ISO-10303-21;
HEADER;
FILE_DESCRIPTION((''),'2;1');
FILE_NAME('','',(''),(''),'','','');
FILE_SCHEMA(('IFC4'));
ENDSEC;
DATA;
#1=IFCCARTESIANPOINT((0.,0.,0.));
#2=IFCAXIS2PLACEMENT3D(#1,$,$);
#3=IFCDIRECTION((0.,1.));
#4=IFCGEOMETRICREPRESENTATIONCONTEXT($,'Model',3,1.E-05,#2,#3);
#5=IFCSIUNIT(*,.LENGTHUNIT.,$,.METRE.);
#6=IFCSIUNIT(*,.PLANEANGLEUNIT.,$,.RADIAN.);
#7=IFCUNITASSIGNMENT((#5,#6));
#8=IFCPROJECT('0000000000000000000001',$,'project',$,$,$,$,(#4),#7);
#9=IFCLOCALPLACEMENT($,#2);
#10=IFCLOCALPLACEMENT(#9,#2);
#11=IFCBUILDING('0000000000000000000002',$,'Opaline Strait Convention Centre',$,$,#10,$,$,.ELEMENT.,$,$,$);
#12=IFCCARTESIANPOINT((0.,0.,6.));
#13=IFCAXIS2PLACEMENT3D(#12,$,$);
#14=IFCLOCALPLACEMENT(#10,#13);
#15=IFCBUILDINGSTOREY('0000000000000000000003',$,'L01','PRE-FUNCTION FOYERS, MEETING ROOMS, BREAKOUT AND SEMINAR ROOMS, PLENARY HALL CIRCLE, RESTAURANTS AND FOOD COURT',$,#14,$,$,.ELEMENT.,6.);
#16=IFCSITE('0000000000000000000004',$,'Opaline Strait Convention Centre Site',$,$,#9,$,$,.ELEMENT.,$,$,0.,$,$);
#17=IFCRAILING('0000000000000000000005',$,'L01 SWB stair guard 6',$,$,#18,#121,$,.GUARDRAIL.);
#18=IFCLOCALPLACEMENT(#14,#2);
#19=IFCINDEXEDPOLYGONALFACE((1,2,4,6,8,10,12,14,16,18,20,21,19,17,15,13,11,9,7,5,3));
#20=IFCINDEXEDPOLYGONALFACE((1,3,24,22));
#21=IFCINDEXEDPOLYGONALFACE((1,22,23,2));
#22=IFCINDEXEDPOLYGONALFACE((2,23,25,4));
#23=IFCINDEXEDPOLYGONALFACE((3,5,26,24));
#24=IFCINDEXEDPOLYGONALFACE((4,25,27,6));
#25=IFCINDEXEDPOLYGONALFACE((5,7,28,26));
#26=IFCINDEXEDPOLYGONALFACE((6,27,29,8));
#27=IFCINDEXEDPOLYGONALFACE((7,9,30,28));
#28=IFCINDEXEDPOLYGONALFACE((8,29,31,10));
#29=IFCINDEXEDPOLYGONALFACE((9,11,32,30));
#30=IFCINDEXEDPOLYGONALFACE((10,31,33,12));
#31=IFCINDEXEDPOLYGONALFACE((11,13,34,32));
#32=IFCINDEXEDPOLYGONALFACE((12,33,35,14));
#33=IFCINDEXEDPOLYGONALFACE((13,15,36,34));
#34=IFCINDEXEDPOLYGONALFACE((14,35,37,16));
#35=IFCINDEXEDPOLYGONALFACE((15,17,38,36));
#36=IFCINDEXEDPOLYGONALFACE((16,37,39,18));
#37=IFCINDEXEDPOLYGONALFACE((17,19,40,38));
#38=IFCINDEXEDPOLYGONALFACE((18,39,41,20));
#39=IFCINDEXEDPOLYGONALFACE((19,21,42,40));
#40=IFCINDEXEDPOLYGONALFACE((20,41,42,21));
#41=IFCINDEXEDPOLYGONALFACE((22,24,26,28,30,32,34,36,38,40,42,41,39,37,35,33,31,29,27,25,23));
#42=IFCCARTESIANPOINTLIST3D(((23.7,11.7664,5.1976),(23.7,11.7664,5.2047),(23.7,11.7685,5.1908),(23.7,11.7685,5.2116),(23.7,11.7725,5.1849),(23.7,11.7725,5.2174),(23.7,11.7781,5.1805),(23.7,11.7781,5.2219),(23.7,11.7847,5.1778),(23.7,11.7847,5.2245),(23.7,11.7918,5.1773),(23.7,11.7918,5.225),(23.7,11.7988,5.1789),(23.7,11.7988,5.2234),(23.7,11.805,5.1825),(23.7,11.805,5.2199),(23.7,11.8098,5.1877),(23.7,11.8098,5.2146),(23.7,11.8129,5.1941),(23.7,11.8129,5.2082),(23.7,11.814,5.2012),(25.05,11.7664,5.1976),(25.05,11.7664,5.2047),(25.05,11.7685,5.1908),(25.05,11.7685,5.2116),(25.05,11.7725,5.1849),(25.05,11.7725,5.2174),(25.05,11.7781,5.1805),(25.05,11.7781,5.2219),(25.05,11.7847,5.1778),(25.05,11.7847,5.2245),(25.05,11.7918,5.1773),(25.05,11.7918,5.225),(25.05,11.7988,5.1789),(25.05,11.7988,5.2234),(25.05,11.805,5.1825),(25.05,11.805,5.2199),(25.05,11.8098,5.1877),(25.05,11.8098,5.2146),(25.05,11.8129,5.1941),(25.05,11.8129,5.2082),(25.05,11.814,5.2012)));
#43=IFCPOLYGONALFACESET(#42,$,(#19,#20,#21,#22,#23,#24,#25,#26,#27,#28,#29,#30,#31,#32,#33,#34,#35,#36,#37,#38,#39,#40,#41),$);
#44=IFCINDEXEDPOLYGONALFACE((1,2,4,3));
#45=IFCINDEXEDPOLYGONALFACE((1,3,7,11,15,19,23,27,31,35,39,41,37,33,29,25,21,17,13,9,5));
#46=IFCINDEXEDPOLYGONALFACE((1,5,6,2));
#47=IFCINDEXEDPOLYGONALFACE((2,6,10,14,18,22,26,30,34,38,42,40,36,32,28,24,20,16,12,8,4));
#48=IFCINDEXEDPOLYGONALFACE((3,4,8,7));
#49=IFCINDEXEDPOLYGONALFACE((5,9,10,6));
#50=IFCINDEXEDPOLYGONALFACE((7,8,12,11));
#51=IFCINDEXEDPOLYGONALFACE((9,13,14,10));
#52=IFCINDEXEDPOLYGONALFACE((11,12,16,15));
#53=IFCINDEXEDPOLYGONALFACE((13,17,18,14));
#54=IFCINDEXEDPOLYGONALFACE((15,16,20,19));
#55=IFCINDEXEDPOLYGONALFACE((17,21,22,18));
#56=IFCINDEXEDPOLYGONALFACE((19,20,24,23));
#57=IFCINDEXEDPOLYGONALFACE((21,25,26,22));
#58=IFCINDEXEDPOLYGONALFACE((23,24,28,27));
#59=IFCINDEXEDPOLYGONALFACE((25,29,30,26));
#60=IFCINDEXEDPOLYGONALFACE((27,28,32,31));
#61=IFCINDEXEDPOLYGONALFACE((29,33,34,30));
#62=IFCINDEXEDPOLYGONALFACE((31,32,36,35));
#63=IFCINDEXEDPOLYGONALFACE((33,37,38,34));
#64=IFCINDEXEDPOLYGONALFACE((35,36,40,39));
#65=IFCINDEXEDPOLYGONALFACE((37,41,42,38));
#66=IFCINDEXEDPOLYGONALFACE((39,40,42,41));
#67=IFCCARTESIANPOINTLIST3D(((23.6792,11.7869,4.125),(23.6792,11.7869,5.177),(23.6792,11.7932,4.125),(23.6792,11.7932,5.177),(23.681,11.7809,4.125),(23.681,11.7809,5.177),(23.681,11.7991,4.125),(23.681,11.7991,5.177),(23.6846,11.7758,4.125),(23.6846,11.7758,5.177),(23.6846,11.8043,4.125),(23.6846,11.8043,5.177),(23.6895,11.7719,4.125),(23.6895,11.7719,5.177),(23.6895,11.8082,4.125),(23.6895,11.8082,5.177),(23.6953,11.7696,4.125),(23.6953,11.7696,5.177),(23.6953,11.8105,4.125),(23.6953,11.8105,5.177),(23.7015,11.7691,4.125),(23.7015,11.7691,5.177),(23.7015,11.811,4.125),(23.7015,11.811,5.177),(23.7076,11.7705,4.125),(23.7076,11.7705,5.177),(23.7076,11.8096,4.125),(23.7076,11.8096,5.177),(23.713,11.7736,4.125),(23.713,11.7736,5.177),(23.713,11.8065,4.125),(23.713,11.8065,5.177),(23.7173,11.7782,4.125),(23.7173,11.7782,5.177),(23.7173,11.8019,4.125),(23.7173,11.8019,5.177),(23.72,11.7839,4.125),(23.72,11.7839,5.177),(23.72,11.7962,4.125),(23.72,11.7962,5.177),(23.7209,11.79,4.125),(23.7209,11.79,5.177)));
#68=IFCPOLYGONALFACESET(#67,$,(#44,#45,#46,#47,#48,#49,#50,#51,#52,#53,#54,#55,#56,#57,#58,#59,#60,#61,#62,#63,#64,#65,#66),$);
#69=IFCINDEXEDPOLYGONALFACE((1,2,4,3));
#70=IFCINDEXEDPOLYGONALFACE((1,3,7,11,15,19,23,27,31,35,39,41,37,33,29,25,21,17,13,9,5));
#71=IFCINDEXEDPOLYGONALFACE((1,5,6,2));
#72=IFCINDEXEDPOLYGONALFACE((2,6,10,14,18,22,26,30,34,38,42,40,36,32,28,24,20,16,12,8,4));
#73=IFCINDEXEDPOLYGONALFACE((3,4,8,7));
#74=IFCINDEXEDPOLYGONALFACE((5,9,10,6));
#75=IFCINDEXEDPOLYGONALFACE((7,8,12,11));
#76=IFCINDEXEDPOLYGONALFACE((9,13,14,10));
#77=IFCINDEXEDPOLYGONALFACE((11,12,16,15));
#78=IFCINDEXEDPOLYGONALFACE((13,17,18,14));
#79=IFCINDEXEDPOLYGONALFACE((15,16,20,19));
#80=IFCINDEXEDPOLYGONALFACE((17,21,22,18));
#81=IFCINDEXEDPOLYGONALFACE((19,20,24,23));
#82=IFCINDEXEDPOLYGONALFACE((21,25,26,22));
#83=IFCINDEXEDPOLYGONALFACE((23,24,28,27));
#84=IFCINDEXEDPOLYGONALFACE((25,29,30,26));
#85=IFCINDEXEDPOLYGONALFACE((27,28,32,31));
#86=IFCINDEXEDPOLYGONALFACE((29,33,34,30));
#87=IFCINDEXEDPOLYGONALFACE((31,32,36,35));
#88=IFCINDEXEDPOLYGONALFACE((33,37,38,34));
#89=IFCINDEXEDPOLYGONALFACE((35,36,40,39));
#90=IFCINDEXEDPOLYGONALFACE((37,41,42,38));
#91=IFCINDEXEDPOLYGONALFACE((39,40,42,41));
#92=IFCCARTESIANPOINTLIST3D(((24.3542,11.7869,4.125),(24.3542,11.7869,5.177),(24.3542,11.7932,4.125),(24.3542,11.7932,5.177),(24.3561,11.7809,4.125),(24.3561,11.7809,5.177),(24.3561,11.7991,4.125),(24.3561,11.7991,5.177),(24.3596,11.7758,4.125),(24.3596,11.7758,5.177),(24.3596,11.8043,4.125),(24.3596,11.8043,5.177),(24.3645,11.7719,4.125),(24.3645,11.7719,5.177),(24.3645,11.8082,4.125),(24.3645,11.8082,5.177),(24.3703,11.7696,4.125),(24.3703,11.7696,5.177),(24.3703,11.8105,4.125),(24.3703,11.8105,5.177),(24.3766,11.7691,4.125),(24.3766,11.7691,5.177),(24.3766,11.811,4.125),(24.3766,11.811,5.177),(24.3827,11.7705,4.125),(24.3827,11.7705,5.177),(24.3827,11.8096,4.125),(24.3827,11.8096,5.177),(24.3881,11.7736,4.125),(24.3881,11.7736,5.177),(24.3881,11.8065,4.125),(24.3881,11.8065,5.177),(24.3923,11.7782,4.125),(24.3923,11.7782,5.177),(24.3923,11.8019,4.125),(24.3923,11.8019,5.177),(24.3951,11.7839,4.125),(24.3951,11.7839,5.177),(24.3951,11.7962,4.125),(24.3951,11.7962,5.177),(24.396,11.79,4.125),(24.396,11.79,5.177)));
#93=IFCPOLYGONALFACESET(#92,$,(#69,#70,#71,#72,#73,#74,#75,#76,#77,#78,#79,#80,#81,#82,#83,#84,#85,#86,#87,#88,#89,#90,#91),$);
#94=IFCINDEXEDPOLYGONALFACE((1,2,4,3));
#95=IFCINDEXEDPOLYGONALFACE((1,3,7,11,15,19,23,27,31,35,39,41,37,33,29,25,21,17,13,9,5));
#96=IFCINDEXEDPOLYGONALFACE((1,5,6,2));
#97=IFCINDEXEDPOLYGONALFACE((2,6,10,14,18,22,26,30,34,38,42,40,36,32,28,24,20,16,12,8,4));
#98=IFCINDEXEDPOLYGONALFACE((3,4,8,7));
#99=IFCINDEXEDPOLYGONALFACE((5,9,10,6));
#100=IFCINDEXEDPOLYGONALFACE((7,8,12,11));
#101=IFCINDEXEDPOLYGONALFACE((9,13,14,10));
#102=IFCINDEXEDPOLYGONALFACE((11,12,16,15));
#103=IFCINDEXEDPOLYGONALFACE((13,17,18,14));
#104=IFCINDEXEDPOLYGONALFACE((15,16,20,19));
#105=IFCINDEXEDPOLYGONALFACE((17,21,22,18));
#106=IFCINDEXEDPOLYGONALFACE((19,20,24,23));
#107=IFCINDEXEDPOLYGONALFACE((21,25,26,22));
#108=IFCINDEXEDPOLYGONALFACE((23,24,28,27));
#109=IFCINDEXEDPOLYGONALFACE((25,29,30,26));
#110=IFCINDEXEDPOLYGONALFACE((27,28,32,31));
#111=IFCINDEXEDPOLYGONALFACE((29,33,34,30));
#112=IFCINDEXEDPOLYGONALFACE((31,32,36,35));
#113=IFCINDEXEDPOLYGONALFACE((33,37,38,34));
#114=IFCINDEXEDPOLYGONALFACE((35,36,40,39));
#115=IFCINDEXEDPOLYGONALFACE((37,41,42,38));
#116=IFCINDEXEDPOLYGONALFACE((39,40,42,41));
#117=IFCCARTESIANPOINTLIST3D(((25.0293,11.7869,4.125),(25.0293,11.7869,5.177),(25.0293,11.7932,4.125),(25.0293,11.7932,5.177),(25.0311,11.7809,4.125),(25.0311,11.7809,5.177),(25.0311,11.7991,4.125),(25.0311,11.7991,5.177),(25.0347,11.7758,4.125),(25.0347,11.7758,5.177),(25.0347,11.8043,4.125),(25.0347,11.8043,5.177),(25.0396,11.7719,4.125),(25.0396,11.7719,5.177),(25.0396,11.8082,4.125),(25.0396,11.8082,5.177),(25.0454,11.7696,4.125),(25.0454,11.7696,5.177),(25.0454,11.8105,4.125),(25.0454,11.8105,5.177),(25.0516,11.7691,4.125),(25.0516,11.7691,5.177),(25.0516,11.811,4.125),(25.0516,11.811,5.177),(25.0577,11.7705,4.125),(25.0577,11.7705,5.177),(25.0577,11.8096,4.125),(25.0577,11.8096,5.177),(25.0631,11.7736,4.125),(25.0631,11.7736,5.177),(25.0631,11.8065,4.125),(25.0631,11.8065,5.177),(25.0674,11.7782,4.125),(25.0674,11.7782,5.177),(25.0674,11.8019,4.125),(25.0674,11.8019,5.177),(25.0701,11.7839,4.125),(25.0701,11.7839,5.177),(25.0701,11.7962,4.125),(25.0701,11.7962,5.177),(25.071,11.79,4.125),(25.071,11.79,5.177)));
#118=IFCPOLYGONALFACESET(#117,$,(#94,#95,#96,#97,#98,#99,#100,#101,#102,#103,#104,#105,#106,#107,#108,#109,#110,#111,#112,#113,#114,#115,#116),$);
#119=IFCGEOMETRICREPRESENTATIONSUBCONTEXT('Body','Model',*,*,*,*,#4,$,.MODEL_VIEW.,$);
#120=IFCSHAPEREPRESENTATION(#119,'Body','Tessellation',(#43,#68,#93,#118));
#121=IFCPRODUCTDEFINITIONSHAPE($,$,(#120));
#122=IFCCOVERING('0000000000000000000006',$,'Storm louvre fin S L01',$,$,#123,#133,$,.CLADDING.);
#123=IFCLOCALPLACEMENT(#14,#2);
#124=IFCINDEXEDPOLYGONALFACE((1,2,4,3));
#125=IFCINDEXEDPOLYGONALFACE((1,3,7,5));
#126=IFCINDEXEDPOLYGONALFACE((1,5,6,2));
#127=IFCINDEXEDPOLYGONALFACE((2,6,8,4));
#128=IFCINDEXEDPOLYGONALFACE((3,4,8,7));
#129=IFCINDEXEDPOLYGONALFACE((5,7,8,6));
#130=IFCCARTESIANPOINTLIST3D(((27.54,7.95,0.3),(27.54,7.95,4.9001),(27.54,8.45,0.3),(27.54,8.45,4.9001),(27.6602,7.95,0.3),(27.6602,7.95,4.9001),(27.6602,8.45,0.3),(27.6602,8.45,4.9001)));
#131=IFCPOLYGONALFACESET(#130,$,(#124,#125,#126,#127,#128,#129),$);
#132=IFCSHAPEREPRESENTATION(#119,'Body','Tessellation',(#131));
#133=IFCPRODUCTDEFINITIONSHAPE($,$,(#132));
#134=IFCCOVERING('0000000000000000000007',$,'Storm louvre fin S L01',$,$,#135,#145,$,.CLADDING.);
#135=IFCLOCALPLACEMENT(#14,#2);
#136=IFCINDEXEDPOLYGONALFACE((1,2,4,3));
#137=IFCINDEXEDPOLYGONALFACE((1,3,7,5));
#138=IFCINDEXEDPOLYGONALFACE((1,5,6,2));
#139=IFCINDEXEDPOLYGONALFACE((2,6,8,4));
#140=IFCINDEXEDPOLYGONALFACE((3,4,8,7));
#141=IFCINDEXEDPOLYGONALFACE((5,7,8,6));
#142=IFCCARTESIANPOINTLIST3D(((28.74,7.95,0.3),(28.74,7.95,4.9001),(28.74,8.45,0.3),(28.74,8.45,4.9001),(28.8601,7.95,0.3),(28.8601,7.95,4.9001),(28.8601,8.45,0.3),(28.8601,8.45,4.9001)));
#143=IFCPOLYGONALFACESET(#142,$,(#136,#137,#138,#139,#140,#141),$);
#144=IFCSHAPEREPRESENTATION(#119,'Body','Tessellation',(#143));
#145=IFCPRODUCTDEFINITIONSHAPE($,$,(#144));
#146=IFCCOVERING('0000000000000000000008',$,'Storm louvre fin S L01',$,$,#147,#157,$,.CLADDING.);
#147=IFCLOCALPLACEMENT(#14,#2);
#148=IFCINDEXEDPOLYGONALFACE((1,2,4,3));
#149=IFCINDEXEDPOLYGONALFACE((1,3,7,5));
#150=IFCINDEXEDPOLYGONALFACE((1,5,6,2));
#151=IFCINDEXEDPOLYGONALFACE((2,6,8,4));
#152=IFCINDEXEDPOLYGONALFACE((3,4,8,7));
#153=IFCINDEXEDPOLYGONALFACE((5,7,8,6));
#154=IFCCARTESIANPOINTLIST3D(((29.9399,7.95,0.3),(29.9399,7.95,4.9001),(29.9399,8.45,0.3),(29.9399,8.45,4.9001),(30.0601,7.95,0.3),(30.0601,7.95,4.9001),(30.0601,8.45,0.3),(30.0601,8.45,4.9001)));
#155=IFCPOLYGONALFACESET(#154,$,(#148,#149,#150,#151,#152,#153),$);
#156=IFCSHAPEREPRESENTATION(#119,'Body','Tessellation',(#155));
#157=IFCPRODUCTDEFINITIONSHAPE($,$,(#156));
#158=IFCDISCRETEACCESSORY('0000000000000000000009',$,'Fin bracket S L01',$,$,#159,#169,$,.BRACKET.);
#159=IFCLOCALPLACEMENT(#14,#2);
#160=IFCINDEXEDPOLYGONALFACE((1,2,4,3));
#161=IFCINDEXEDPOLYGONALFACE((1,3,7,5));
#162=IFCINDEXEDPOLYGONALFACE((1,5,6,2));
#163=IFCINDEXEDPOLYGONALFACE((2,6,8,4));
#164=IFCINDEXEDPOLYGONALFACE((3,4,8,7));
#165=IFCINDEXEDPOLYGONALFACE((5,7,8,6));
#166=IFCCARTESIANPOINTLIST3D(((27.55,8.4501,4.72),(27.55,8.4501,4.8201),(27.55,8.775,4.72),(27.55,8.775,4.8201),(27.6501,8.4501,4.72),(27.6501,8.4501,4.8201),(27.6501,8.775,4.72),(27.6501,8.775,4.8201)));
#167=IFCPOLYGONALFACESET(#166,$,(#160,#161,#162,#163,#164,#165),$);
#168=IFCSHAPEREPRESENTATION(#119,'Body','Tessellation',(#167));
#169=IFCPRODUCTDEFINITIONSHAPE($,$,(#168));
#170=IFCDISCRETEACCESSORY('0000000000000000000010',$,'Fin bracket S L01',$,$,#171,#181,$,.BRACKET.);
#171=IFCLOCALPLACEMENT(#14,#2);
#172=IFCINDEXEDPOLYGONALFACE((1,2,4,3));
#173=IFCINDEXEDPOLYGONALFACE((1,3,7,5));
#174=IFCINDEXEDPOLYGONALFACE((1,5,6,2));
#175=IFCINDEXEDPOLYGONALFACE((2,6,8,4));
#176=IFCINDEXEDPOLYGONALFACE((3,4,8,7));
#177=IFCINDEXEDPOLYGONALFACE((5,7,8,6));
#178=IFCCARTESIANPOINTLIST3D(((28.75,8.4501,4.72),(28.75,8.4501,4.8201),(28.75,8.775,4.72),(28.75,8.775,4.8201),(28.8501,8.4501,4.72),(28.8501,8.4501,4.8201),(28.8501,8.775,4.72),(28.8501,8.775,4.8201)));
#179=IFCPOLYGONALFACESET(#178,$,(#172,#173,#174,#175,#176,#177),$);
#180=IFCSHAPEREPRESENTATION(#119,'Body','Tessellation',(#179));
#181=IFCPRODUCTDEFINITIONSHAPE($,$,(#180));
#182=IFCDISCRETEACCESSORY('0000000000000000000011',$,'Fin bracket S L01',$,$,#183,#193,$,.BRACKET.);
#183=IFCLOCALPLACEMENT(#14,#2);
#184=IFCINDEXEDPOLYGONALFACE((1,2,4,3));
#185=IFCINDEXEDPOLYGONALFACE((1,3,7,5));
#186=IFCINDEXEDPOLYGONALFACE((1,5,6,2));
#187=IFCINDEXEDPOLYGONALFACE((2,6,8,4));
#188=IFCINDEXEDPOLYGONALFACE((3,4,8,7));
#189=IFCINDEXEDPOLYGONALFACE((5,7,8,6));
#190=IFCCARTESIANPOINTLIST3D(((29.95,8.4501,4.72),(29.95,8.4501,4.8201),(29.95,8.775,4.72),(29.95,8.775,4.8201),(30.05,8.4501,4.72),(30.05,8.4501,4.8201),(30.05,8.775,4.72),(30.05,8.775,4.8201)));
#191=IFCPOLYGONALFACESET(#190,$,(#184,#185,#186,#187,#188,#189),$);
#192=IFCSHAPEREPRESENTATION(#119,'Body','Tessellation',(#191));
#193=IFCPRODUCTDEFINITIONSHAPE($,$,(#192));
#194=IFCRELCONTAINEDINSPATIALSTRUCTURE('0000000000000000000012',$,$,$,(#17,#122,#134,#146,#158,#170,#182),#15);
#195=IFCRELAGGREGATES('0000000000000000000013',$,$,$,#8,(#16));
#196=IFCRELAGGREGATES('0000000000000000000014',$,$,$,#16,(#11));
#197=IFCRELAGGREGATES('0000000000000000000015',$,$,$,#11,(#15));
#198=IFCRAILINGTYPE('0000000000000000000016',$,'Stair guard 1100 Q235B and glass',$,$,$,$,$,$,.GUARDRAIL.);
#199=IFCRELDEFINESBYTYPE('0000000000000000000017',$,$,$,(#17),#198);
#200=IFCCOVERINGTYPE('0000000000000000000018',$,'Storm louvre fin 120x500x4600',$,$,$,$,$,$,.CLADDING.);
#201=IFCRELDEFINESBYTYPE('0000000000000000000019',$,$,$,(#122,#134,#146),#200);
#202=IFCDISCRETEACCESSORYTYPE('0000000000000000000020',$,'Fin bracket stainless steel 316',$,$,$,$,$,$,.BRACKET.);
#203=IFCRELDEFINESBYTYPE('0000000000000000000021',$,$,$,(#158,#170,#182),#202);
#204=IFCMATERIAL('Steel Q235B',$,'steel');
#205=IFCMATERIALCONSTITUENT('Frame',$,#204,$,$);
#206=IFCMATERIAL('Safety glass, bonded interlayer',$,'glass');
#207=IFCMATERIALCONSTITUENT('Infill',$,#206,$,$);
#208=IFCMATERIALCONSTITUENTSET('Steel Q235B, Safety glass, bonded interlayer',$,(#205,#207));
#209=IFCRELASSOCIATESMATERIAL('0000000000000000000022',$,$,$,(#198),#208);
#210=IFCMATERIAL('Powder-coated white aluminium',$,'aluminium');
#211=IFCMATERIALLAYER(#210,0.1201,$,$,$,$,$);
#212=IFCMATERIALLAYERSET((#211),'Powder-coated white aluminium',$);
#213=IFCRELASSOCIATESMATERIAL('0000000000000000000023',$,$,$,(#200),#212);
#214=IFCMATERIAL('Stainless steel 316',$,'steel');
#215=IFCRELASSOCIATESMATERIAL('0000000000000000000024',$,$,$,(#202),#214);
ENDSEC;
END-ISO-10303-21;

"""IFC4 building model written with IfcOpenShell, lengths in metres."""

from ifc_helpers import new_model, si_unit, direction, frame, origin, origin_2d, place, context, subcontext, project, spatial, rectangle, circle, extrude, material, layer, layer_set, constituent, constituent_set, type_object, element, save


model = new_model("IFC4")

# Units and contexts
model_context = context("Model", 3, precision=1e-05, world=origin(), true_north=direction((0.0, 1.0)))
body_context = subcontext(model_context, "Body", "Model", "MODEL_VIEW")
ifc_project = project(units=[si_unit("LENGTHUNIT", "METRE"), si_unit("PLANEANGLEUNIT", "RADIAN")], contexts=[model_context])

# Site, building, storey
site_placement = place(None, origin())
site = spatial("IfcSite", under=ifc_project, at=site_placement, Name="Opaline Strait Convention Centre Site", CompositionType="ELEMENT", RefElevation=0.0)
building_placement = place(site_placement, origin())
building = spatial("IfcBuilding", under=site, at=building_placement, Name="Opaline Strait Convention Centre", CompositionType="ELEMENT")
storey_placement = place(building_placement, frame((0.0, 0.0, 6.0)))
storey = spatial("IfcBuildingStorey", under=building, at=storey_placement, Name="L01", Description="PRE-FUNCTION FOYERS, MEETING ROOMS, BREAKOUT AND SEMINAR ROOMS, PLENARY HALL CIRCLE, RESTAURANTS AND FOOD COURT", CompositionType="ELEMENT", Elevation=6.0)

# Railing
ifc_material_1 = material(Name="Steel Q235B", Category="steel")
ifc_constituent_1 = constituent(ifc_material_1, Name="Frame")
ifc_material_2 = material(Name="Safety glass, bonded interlayer", Category="glass")
ifc_constituent_2 = constituent(ifc_material_2, Name="Infill")
ifc_constituent_set = constituent_set(constituents=[ifc_constituent_1, ifc_constituent_2], Name="Steel Q235B, Safety glass, bonded interlayer")
railing_type = type_object("IfcRailingType", Name="Stair guard 1100 Q235B and glass", PredefinedType="GUARDRAIL", material=ifc_constituent_set)
for number, where, name in (
    (1, (23.7, 11.79, 4.125), "L01 SWB stair guard 6"),
):
    element("IfcRailing", number, at=place(storey_placement, frame(where)), inside=storey, type_object=railing_type, Name=name, PredefinedType="GUARDRAIL", context=body_context, shape_type="SweptSolid", body=[
        extrude(circle(Radius=0.0239, at=origin_2d()), frame((0.0, 0.0, 1.0762), z_axis=(1.0, 0.0, 0.0), x_axis=(0.0, 1.0, 0.0)), (0.0, 0.0, 1.0), 1.3501),
        extrude(circle(Radius=0.021, at=origin_2d()), origin(), (0.0, 0.0, 1.0), 1.052),
        extrude(circle(Radius=0.021, at=origin_2d()), frame((0.675, 0.0, 0.0)), (0.0, 0.0, 1.0), 1.052),
        extrude(circle(Radius=0.021, at=origin_2d()), frame((1.3501, 0.0, 0.0)), (0.0, 0.0, 1.0), 1.052),
    ])

# Coverings
ifc_material_3 = material(Name="Powder-coated white aluminium", Category="aluminium")
ifc_layer_1 = layer(ifc_material_3, 0.1201)
ifc_layer_set_1 = layer_set([ifc_layer_1], Name="Powder-coated white aluminium")
covering_type = type_object("IfcCoveringType", Name="Storm louvre fin 120x500x4600", PredefinedType="CLADDING", material=ifc_layer_set_1)
for number, where, z_axis, x_axis, name in (
    (2, (27.6001, 8.2, 0.3), (0.0, 0.0, 1.0), (1.0, 0.0, 0.0), "Storm louvre fin S L01"),
    (3, (28.8, 8.2, 0.3), (0.0, 0.0, 1.0), (1.0, 0.0, 0.0), "Storm louvre fin S L01"),
    (4, (30.0, 8.2, 0.3), (0.0, 0.0, 1.0), (1.0, 0.0, 0.0), "Storm louvre fin S L01"),
):
    element("IfcCovering", number, at=place(storey_placement, frame(where, z_axis=z_axis, x_axis=x_axis)), inside=storey, type_object=covering_type, Name=name, PredefinedType="CLADDING", context=body_context, shape_type="SweptSolid", body=[
        extrude(rectangle(XDim=0.1201, YDim=0.5, at=origin_2d()), origin(), (0.0, 0.0, 1.0), 4.6001),
    ])

# Discrete accessories
ifc_material_4 = material(Name="Stainless steel 316", Category="steel")
discrete_accessory_type = type_object("IfcDiscreteAccessoryType", Name="Fin bracket stainless steel 316", PredefinedType="BRACKET", material=ifc_material_4)
for number, where, z_axis, x_axis, name in (
    (5, (27.6001, 8.6125, 4.72), (0.0, 0.0, 1.0), (1.0, 0.0, 0.0), "Fin bracket S L01"),
    (6, (28.8, 8.6125, 4.72), (0.0, 0.0, 1.0), (1.0, 0.0, 0.0), "Fin bracket S L01"),
    (7, (30.0, 8.6125, 4.72), (0.0, 0.0, 1.0), (1.0, 0.0, 0.0), "Fin bracket S L01"),
):
    element("IfcDiscreteAccessory", number, at=place(storey_placement, frame(where, z_axis=z_axis, x_axis=x_axis)), inside=storey, type_object=discrete_accessory_type, Name=name, PredefinedType="BRACKET", context=body_context, shape_type="SweptSolid", body=[
        extrude(rectangle(XDim=0.1001, YDim=0.325, at=origin_2d()), origin(), (0.0, 0.0, 1.0), 0.1001),
    ])

save(model, "model.ifc")
